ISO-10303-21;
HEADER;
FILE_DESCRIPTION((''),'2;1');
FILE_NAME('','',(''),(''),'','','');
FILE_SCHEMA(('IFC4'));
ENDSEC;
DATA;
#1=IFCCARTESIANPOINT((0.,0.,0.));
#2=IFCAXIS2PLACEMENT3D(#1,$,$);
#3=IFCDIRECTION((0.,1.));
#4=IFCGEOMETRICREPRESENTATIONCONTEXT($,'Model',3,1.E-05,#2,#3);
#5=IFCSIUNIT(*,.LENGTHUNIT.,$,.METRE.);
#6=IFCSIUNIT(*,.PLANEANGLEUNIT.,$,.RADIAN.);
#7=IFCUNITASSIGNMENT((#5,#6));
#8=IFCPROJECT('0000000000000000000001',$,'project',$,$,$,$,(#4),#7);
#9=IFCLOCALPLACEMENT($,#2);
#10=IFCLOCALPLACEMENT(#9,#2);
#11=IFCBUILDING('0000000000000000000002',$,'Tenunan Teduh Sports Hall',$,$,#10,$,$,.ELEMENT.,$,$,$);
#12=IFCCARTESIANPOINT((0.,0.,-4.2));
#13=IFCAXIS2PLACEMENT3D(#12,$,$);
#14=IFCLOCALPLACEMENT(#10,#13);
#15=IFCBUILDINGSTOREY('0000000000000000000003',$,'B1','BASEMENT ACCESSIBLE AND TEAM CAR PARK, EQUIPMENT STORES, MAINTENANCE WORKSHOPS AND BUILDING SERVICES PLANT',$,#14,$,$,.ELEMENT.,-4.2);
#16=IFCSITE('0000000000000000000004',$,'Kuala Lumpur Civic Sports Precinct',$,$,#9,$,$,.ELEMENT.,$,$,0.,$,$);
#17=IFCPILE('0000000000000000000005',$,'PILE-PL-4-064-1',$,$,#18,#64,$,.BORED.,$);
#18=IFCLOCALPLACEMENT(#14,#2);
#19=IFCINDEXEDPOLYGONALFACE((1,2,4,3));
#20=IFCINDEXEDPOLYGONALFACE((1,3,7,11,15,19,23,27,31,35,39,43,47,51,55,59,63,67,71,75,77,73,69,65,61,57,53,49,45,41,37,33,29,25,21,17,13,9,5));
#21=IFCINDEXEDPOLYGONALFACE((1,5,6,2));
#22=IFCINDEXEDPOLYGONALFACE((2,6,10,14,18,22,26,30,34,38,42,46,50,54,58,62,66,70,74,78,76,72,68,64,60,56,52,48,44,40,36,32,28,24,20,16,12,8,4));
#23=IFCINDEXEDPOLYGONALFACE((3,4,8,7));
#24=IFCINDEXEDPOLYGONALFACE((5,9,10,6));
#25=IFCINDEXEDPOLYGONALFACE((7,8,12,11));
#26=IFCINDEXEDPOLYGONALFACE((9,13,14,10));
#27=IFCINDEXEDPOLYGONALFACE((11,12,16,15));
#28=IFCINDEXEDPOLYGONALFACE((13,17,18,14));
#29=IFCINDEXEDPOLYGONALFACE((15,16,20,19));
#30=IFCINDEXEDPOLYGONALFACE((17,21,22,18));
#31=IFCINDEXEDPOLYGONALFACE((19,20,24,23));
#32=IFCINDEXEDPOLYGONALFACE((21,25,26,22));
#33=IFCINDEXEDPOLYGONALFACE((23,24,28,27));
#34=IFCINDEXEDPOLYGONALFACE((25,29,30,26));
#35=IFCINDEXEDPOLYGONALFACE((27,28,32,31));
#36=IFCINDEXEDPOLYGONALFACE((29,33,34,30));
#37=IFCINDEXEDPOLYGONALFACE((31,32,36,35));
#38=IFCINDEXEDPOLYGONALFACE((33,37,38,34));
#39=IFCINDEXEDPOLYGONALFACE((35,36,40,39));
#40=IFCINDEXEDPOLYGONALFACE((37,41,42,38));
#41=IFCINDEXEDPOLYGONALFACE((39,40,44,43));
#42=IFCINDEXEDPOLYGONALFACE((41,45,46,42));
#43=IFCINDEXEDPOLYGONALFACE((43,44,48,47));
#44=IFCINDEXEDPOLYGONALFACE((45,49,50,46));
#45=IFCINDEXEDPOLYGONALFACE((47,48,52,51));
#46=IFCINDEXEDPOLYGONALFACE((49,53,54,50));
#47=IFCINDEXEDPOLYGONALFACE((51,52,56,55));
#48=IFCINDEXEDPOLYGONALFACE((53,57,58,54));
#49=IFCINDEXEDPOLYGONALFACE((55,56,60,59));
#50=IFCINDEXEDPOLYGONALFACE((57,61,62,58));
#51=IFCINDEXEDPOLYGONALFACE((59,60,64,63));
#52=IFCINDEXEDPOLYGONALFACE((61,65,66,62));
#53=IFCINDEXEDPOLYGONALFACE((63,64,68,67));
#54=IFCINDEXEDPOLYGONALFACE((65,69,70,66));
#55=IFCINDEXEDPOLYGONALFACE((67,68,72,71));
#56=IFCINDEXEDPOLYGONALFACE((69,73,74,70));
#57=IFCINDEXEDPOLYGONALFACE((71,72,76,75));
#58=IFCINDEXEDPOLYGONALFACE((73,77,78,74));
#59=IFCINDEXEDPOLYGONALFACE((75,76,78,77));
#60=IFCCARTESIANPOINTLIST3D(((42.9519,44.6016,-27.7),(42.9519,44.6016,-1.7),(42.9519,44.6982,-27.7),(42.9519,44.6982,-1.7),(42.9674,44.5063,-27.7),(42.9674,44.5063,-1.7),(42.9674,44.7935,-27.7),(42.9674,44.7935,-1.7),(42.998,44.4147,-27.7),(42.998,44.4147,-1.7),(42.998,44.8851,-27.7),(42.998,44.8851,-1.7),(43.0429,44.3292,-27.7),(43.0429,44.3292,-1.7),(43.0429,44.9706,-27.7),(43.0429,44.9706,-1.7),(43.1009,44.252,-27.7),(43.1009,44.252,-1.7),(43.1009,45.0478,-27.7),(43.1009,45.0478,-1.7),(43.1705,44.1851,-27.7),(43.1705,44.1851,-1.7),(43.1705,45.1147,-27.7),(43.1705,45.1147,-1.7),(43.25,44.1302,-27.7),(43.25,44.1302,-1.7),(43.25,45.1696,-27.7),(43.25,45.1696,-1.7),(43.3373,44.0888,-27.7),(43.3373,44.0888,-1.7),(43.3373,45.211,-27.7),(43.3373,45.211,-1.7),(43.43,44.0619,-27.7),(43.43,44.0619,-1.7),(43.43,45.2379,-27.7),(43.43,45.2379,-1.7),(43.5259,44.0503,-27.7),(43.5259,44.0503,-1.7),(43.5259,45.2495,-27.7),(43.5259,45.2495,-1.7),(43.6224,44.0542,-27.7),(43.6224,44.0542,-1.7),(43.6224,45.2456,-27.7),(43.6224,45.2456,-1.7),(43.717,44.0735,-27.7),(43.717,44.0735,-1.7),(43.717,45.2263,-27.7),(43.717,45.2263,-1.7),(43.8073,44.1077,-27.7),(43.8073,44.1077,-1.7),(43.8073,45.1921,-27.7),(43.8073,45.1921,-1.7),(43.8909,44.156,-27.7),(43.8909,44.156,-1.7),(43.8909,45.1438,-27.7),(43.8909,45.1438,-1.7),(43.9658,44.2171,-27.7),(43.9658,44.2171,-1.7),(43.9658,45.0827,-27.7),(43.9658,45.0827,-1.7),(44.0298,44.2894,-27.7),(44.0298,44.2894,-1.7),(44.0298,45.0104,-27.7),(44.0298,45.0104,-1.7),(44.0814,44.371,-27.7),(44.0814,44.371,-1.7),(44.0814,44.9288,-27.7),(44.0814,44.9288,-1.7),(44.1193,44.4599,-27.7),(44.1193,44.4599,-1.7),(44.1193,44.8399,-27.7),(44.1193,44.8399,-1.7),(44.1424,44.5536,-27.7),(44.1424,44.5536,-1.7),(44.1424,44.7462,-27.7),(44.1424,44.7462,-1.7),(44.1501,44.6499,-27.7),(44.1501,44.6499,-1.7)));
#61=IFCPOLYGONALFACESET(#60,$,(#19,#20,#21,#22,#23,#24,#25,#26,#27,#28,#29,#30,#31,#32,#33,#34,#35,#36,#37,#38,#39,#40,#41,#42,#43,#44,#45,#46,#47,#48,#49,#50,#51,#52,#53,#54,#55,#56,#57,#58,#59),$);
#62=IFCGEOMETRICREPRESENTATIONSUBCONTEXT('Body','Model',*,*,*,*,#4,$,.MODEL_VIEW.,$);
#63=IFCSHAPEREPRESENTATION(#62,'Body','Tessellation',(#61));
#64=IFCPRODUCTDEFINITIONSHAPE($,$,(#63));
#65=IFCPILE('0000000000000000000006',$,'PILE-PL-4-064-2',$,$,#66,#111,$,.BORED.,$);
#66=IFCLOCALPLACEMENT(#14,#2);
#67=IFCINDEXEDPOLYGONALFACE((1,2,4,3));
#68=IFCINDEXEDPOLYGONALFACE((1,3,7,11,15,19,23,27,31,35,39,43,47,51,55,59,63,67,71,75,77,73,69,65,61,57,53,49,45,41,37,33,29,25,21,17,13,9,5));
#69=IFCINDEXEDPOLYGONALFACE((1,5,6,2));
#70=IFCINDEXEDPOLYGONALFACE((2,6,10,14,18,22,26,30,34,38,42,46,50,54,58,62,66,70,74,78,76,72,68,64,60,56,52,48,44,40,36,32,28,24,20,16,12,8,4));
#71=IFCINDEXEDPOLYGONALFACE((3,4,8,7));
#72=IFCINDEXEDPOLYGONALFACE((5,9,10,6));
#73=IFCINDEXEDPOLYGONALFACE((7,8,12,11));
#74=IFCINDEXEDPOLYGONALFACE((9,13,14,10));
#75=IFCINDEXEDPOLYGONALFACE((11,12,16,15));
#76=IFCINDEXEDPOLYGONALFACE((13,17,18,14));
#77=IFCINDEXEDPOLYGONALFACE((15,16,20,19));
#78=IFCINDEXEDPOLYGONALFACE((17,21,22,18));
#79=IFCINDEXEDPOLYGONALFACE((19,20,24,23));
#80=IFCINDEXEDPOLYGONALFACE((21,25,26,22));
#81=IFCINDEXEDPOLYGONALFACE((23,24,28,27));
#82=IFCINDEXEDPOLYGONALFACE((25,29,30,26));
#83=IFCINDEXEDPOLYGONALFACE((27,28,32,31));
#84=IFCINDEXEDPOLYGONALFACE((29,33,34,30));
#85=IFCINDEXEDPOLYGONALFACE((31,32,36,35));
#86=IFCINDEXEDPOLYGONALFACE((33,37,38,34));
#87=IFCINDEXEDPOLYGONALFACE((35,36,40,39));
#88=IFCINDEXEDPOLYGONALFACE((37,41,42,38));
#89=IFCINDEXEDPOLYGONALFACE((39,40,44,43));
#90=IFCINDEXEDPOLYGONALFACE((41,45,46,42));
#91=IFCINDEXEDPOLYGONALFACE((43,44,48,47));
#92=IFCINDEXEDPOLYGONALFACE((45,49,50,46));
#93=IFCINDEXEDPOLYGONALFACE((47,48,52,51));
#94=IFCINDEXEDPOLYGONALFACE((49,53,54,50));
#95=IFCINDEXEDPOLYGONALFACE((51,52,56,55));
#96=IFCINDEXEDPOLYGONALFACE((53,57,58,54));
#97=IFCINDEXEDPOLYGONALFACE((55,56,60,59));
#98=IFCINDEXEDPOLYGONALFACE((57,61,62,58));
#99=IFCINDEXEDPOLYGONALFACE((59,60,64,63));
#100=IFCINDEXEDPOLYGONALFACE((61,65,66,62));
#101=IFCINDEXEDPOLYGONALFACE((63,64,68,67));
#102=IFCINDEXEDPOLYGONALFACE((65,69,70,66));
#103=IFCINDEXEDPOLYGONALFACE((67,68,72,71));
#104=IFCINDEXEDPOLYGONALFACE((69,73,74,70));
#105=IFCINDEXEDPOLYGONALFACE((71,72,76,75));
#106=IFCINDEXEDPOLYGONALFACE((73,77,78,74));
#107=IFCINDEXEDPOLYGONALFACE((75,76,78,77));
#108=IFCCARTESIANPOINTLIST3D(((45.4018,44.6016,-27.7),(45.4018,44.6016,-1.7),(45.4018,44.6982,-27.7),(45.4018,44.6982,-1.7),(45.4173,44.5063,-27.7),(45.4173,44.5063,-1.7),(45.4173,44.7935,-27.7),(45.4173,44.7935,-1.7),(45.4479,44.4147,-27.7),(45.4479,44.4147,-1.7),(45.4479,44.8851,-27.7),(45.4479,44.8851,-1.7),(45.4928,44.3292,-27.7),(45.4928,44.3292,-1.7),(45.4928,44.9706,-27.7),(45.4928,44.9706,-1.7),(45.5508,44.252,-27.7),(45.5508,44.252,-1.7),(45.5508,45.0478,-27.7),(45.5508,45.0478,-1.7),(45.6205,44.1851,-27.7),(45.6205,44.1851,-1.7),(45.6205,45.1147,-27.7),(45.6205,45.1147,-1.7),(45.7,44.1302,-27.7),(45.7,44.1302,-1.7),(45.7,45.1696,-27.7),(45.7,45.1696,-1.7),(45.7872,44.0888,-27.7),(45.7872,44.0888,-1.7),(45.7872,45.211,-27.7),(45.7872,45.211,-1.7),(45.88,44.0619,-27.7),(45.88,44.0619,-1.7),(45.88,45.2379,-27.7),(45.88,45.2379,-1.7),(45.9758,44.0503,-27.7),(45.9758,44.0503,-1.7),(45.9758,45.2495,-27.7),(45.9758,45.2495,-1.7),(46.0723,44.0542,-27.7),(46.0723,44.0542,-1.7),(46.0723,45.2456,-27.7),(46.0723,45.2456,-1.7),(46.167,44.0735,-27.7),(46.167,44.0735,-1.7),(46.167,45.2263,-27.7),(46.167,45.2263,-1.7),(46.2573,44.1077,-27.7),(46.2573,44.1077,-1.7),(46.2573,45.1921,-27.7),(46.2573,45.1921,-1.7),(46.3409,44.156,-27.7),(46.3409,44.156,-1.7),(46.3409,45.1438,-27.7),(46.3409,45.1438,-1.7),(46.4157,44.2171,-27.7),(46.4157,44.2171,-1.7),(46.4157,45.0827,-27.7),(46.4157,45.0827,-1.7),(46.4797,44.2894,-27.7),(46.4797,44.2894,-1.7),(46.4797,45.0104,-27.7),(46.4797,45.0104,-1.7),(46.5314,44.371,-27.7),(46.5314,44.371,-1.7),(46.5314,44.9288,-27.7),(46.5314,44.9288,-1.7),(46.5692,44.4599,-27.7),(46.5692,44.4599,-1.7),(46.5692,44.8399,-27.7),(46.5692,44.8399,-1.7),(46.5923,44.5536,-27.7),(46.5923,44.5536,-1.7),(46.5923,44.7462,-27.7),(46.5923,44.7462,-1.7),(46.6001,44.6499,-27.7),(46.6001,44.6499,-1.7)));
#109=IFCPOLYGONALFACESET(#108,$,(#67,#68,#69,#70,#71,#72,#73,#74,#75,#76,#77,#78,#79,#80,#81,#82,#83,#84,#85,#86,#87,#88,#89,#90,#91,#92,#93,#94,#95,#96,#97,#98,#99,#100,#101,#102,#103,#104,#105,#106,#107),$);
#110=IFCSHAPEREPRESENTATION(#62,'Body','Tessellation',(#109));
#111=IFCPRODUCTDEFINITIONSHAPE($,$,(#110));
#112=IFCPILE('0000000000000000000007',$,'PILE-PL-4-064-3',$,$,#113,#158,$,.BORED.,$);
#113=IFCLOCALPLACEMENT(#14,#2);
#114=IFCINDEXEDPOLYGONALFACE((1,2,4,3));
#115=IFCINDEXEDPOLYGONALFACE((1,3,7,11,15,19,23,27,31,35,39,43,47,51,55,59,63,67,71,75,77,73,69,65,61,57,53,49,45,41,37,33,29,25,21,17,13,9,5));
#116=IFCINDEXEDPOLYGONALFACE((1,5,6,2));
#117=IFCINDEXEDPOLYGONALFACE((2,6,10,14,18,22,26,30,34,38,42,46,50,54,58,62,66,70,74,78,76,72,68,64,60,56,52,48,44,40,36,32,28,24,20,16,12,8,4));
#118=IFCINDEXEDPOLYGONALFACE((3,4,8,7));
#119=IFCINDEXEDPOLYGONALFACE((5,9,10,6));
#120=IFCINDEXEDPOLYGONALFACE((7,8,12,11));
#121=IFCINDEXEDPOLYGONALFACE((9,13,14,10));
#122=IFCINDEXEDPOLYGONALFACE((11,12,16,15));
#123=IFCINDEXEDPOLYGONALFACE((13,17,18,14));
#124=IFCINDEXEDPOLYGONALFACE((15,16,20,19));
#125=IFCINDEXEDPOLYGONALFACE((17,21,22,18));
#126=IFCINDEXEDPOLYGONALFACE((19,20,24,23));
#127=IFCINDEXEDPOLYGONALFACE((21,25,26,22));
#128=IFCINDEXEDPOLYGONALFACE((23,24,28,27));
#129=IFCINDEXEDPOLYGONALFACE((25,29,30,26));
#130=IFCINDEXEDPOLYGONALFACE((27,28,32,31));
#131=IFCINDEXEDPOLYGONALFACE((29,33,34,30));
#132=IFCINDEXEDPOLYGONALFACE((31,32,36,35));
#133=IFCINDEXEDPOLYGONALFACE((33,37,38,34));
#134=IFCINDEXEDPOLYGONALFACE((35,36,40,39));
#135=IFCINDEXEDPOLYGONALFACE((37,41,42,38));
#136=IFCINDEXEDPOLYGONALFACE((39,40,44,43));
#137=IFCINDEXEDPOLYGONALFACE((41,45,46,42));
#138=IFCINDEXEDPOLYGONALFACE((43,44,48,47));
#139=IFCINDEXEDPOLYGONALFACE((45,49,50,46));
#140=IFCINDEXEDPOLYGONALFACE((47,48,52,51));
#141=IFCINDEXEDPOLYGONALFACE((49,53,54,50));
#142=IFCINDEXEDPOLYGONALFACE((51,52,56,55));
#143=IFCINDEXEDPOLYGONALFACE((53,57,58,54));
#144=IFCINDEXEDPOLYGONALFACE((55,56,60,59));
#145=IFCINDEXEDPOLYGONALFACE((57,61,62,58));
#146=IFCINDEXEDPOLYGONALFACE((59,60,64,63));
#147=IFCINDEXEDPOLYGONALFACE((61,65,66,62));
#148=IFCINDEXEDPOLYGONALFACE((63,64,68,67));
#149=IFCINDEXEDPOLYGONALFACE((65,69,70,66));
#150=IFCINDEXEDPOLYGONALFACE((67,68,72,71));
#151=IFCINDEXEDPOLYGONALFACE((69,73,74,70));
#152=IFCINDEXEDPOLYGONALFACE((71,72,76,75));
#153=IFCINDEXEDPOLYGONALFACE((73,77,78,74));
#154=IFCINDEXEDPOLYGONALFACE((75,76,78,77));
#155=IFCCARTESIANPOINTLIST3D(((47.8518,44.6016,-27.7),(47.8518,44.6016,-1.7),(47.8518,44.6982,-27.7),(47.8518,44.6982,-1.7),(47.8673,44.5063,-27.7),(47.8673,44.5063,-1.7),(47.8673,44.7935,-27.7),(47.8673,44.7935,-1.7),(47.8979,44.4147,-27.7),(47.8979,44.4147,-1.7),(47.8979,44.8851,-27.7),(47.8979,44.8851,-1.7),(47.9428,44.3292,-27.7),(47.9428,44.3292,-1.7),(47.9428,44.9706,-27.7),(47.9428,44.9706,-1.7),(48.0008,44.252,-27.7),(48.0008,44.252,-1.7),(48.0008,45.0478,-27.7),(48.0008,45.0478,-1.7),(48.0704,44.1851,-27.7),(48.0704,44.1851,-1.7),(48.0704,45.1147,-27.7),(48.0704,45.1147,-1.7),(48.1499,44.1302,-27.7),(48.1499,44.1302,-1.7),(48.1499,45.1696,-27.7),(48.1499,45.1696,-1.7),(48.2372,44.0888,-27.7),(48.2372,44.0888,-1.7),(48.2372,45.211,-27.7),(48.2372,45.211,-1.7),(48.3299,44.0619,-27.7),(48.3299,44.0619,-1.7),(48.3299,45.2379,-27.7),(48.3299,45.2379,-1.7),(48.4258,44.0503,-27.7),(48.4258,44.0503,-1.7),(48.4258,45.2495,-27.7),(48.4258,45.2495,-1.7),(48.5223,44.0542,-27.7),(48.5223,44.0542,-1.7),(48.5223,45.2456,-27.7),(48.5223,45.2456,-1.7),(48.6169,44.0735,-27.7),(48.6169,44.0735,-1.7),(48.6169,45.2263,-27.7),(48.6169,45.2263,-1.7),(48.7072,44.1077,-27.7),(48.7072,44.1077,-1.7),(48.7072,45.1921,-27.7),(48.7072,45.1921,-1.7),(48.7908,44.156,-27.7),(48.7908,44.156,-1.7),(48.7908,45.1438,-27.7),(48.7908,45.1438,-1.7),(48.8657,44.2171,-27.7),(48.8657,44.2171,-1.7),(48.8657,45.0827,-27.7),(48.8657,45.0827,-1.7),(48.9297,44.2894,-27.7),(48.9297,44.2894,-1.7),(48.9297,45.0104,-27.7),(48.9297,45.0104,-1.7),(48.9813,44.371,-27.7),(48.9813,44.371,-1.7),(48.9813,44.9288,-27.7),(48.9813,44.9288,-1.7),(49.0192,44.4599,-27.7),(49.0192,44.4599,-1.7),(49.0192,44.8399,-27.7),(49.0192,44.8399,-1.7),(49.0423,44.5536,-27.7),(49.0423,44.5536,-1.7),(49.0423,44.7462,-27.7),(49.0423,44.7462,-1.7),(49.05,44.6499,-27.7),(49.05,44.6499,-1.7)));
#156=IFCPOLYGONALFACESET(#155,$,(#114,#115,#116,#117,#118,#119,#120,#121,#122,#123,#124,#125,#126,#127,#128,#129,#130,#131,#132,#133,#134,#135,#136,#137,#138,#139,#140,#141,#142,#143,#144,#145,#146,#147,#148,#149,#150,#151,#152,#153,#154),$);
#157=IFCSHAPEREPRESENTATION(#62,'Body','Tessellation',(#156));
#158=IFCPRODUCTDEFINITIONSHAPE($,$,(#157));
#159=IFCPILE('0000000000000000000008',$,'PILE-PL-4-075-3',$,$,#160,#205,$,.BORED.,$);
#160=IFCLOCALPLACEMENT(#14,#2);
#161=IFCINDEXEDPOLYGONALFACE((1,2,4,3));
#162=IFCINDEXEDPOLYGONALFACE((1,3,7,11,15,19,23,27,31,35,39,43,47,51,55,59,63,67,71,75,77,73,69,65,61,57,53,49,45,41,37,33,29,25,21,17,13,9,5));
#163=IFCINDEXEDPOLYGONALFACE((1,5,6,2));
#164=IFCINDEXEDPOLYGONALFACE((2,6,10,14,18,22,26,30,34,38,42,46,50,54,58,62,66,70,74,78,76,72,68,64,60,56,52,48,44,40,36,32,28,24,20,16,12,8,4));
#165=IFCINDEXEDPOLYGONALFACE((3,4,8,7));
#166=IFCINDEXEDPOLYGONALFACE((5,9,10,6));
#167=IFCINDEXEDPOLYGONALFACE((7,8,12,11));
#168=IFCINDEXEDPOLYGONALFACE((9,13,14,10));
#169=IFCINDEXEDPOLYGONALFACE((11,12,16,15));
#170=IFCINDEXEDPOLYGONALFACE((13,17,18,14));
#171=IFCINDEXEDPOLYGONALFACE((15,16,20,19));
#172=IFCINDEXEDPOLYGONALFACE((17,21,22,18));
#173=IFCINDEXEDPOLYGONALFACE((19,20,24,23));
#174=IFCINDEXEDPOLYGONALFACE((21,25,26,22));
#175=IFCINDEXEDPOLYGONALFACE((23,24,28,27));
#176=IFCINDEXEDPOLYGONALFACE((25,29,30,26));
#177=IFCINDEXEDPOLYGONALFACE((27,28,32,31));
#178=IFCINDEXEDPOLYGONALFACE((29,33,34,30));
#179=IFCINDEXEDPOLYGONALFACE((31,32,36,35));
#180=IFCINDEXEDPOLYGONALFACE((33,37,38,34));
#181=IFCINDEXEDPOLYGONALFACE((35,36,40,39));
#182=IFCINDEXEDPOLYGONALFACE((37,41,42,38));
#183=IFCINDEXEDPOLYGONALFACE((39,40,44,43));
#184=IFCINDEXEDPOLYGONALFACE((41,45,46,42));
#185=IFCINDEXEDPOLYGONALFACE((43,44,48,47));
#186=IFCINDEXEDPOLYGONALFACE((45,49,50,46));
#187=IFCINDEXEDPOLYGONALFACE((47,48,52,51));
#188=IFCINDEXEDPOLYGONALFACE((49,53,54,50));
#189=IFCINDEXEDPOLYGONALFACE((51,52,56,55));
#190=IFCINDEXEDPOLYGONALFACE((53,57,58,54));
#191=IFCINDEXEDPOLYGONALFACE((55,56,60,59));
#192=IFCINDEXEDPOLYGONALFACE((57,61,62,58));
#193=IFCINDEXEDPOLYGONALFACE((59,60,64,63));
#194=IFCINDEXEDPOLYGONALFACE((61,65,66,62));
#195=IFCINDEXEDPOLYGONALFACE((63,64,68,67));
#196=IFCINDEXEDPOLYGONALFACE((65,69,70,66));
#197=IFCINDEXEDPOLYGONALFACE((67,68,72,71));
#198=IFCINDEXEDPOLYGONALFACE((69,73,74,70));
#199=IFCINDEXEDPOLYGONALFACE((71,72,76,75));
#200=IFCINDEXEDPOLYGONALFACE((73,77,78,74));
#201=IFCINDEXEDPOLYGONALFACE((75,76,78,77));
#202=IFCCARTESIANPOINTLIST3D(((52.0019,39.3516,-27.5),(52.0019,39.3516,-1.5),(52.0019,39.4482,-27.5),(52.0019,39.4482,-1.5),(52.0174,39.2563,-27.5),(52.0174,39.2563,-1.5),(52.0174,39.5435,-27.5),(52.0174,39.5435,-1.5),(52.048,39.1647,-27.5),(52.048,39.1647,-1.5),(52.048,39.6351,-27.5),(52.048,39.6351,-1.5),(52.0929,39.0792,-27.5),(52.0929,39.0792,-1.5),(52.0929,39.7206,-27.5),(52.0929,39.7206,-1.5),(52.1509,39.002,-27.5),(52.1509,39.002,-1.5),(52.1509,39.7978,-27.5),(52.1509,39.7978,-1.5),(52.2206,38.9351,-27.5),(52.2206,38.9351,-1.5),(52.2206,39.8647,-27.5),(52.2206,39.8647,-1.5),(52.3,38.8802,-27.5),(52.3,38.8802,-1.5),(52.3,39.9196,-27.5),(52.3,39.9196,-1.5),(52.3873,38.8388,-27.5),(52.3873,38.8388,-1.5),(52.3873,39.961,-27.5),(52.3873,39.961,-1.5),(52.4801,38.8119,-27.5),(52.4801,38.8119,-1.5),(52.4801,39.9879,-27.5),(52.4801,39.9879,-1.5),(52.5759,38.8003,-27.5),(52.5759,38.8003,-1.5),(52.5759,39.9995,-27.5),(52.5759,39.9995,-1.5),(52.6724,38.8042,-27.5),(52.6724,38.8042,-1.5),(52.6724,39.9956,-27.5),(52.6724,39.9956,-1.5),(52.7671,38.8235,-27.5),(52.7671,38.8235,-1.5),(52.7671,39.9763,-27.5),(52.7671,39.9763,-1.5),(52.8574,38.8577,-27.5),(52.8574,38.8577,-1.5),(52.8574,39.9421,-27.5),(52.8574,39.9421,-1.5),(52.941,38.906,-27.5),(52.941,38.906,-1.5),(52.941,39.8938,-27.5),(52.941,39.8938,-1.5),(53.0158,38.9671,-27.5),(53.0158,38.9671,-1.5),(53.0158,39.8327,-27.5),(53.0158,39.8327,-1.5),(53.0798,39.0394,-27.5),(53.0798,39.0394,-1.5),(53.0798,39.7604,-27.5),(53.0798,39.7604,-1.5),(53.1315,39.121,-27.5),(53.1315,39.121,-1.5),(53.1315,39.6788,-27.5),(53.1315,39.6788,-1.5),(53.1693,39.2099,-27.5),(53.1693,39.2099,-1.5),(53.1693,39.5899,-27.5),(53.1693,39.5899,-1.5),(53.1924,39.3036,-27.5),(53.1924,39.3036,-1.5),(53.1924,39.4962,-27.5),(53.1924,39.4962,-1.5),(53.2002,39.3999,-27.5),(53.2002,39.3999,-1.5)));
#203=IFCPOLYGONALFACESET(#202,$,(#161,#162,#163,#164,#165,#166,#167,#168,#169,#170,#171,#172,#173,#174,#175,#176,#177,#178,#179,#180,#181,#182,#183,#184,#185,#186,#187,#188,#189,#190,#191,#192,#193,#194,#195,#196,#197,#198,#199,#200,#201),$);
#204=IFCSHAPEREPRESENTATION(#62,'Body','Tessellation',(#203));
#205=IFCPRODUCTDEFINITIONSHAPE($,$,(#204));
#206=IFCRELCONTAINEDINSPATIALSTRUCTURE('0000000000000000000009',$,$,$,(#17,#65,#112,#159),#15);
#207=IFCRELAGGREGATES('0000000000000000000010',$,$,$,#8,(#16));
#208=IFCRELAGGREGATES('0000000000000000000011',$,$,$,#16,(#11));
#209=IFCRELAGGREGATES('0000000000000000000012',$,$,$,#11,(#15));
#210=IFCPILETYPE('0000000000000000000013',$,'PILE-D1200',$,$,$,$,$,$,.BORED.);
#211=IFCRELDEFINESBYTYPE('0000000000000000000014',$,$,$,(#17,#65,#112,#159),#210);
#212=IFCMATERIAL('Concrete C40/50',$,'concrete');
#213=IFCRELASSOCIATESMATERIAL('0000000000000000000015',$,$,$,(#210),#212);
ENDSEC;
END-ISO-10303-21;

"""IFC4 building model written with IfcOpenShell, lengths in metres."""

from ifc_helpers import new_model, si_unit, direction, frame, origin, origin_2d, place, context, subcontext, project, spatial, circle, extrude, material, material_profile, profile_set, type_object, element, save


model = new_model("IFC4")

# Units and contexts
model_context = context("Model", 3, precision=1e-05, world=origin(), true_north=direction((0.0, 1.0)))
body_context = subcontext(model_context, "Body", "Model", "MODEL_VIEW")
ifc_project = project(units=[si_unit("LENGTHUNIT", "METRE"), si_unit("PLANEANGLEUNIT", "RADIAN")], contexts=[model_context])

# Site, building, storey
site_placement = place(None, origin())
site = spatial("IfcSite", under=ifc_project, at=site_placement, Name="Kuala Lumpur Civic Sports Precinct", CompositionType="ELEMENT", RefElevation=0.0)
building_placement = place(site_placement, origin())
building = spatial("IfcBuilding", under=site, at=building_placement, Name="Tenunan Teduh Sports Hall", CompositionType="ELEMENT")
storey_placement = place(building_placement, frame((0.0, 0.0, -4.2)))
storey = spatial("IfcBuildingStorey", under=building, at=storey_placement, Name="B1", Description="BASEMENT ACCESSIBLE AND TEAM CAR PARK, EQUIPMENT STORES, MAINTENANCE WORKSHOPS AND BUILDING SERVICES PLANT", CompositionType="ELEMENT", Elevation=-4.2)

# Piles
ifc_material_1 = material(Name="Concrete C40/50", Category="concrete")
ifc_material_profile_1 = material_profile(ifc_material_1, circle(Radius=0.6001, at=origin_2d()), Name="PILE D1200")
ifc_profile_set_1 = profile_set([ifc_material_profile_1], Name="Concrete C40/50")
pile_type_1 = type_object("IfcPileType", Name="PILE-D1200", PredefinedType="BORED", material=ifc_profile_set_1)
for number, where, z_axis, x_axis, name in (
    (1, (43.55, 44.6499, -1.7), (0.0, 0.0, -1.0), (1.0, 0.0, 0.0), "PILE-PL-4-064-1"),
    (2, (46.0, 44.6499, -1.7), (0.0, 0.0, -1.0), (1.0, 0.0, 0.0), "PILE-PL-4-064-2"),
    (3, (48.45, 44.6499, -1.7), (0.0, 0.0, -1.0), (1.0, 0.0, 0.0), "PILE-PL-4-064-3"),
    (4, (52.6001, 39.3999, -1.5), (0.0, 0.0, -1.0), (1.0, 0.0, 0.0), "PILE-PL-4-075-3"),
):
    element("IfcPile", number, at=place(storey_placement, frame(where, z_axis=z_axis, x_axis=x_axis)), inside=storey, type_object=pile_type_1, Name=name, PredefinedType="BORED", context=body_context, shape_type="SweptSolid", body=[
        extrude(circle(Radius=0.6001, at=origin_2d()), origin(), (0.0, 0.0, 1.0), 26.0),
    ])

save(model, "model.ifc")
